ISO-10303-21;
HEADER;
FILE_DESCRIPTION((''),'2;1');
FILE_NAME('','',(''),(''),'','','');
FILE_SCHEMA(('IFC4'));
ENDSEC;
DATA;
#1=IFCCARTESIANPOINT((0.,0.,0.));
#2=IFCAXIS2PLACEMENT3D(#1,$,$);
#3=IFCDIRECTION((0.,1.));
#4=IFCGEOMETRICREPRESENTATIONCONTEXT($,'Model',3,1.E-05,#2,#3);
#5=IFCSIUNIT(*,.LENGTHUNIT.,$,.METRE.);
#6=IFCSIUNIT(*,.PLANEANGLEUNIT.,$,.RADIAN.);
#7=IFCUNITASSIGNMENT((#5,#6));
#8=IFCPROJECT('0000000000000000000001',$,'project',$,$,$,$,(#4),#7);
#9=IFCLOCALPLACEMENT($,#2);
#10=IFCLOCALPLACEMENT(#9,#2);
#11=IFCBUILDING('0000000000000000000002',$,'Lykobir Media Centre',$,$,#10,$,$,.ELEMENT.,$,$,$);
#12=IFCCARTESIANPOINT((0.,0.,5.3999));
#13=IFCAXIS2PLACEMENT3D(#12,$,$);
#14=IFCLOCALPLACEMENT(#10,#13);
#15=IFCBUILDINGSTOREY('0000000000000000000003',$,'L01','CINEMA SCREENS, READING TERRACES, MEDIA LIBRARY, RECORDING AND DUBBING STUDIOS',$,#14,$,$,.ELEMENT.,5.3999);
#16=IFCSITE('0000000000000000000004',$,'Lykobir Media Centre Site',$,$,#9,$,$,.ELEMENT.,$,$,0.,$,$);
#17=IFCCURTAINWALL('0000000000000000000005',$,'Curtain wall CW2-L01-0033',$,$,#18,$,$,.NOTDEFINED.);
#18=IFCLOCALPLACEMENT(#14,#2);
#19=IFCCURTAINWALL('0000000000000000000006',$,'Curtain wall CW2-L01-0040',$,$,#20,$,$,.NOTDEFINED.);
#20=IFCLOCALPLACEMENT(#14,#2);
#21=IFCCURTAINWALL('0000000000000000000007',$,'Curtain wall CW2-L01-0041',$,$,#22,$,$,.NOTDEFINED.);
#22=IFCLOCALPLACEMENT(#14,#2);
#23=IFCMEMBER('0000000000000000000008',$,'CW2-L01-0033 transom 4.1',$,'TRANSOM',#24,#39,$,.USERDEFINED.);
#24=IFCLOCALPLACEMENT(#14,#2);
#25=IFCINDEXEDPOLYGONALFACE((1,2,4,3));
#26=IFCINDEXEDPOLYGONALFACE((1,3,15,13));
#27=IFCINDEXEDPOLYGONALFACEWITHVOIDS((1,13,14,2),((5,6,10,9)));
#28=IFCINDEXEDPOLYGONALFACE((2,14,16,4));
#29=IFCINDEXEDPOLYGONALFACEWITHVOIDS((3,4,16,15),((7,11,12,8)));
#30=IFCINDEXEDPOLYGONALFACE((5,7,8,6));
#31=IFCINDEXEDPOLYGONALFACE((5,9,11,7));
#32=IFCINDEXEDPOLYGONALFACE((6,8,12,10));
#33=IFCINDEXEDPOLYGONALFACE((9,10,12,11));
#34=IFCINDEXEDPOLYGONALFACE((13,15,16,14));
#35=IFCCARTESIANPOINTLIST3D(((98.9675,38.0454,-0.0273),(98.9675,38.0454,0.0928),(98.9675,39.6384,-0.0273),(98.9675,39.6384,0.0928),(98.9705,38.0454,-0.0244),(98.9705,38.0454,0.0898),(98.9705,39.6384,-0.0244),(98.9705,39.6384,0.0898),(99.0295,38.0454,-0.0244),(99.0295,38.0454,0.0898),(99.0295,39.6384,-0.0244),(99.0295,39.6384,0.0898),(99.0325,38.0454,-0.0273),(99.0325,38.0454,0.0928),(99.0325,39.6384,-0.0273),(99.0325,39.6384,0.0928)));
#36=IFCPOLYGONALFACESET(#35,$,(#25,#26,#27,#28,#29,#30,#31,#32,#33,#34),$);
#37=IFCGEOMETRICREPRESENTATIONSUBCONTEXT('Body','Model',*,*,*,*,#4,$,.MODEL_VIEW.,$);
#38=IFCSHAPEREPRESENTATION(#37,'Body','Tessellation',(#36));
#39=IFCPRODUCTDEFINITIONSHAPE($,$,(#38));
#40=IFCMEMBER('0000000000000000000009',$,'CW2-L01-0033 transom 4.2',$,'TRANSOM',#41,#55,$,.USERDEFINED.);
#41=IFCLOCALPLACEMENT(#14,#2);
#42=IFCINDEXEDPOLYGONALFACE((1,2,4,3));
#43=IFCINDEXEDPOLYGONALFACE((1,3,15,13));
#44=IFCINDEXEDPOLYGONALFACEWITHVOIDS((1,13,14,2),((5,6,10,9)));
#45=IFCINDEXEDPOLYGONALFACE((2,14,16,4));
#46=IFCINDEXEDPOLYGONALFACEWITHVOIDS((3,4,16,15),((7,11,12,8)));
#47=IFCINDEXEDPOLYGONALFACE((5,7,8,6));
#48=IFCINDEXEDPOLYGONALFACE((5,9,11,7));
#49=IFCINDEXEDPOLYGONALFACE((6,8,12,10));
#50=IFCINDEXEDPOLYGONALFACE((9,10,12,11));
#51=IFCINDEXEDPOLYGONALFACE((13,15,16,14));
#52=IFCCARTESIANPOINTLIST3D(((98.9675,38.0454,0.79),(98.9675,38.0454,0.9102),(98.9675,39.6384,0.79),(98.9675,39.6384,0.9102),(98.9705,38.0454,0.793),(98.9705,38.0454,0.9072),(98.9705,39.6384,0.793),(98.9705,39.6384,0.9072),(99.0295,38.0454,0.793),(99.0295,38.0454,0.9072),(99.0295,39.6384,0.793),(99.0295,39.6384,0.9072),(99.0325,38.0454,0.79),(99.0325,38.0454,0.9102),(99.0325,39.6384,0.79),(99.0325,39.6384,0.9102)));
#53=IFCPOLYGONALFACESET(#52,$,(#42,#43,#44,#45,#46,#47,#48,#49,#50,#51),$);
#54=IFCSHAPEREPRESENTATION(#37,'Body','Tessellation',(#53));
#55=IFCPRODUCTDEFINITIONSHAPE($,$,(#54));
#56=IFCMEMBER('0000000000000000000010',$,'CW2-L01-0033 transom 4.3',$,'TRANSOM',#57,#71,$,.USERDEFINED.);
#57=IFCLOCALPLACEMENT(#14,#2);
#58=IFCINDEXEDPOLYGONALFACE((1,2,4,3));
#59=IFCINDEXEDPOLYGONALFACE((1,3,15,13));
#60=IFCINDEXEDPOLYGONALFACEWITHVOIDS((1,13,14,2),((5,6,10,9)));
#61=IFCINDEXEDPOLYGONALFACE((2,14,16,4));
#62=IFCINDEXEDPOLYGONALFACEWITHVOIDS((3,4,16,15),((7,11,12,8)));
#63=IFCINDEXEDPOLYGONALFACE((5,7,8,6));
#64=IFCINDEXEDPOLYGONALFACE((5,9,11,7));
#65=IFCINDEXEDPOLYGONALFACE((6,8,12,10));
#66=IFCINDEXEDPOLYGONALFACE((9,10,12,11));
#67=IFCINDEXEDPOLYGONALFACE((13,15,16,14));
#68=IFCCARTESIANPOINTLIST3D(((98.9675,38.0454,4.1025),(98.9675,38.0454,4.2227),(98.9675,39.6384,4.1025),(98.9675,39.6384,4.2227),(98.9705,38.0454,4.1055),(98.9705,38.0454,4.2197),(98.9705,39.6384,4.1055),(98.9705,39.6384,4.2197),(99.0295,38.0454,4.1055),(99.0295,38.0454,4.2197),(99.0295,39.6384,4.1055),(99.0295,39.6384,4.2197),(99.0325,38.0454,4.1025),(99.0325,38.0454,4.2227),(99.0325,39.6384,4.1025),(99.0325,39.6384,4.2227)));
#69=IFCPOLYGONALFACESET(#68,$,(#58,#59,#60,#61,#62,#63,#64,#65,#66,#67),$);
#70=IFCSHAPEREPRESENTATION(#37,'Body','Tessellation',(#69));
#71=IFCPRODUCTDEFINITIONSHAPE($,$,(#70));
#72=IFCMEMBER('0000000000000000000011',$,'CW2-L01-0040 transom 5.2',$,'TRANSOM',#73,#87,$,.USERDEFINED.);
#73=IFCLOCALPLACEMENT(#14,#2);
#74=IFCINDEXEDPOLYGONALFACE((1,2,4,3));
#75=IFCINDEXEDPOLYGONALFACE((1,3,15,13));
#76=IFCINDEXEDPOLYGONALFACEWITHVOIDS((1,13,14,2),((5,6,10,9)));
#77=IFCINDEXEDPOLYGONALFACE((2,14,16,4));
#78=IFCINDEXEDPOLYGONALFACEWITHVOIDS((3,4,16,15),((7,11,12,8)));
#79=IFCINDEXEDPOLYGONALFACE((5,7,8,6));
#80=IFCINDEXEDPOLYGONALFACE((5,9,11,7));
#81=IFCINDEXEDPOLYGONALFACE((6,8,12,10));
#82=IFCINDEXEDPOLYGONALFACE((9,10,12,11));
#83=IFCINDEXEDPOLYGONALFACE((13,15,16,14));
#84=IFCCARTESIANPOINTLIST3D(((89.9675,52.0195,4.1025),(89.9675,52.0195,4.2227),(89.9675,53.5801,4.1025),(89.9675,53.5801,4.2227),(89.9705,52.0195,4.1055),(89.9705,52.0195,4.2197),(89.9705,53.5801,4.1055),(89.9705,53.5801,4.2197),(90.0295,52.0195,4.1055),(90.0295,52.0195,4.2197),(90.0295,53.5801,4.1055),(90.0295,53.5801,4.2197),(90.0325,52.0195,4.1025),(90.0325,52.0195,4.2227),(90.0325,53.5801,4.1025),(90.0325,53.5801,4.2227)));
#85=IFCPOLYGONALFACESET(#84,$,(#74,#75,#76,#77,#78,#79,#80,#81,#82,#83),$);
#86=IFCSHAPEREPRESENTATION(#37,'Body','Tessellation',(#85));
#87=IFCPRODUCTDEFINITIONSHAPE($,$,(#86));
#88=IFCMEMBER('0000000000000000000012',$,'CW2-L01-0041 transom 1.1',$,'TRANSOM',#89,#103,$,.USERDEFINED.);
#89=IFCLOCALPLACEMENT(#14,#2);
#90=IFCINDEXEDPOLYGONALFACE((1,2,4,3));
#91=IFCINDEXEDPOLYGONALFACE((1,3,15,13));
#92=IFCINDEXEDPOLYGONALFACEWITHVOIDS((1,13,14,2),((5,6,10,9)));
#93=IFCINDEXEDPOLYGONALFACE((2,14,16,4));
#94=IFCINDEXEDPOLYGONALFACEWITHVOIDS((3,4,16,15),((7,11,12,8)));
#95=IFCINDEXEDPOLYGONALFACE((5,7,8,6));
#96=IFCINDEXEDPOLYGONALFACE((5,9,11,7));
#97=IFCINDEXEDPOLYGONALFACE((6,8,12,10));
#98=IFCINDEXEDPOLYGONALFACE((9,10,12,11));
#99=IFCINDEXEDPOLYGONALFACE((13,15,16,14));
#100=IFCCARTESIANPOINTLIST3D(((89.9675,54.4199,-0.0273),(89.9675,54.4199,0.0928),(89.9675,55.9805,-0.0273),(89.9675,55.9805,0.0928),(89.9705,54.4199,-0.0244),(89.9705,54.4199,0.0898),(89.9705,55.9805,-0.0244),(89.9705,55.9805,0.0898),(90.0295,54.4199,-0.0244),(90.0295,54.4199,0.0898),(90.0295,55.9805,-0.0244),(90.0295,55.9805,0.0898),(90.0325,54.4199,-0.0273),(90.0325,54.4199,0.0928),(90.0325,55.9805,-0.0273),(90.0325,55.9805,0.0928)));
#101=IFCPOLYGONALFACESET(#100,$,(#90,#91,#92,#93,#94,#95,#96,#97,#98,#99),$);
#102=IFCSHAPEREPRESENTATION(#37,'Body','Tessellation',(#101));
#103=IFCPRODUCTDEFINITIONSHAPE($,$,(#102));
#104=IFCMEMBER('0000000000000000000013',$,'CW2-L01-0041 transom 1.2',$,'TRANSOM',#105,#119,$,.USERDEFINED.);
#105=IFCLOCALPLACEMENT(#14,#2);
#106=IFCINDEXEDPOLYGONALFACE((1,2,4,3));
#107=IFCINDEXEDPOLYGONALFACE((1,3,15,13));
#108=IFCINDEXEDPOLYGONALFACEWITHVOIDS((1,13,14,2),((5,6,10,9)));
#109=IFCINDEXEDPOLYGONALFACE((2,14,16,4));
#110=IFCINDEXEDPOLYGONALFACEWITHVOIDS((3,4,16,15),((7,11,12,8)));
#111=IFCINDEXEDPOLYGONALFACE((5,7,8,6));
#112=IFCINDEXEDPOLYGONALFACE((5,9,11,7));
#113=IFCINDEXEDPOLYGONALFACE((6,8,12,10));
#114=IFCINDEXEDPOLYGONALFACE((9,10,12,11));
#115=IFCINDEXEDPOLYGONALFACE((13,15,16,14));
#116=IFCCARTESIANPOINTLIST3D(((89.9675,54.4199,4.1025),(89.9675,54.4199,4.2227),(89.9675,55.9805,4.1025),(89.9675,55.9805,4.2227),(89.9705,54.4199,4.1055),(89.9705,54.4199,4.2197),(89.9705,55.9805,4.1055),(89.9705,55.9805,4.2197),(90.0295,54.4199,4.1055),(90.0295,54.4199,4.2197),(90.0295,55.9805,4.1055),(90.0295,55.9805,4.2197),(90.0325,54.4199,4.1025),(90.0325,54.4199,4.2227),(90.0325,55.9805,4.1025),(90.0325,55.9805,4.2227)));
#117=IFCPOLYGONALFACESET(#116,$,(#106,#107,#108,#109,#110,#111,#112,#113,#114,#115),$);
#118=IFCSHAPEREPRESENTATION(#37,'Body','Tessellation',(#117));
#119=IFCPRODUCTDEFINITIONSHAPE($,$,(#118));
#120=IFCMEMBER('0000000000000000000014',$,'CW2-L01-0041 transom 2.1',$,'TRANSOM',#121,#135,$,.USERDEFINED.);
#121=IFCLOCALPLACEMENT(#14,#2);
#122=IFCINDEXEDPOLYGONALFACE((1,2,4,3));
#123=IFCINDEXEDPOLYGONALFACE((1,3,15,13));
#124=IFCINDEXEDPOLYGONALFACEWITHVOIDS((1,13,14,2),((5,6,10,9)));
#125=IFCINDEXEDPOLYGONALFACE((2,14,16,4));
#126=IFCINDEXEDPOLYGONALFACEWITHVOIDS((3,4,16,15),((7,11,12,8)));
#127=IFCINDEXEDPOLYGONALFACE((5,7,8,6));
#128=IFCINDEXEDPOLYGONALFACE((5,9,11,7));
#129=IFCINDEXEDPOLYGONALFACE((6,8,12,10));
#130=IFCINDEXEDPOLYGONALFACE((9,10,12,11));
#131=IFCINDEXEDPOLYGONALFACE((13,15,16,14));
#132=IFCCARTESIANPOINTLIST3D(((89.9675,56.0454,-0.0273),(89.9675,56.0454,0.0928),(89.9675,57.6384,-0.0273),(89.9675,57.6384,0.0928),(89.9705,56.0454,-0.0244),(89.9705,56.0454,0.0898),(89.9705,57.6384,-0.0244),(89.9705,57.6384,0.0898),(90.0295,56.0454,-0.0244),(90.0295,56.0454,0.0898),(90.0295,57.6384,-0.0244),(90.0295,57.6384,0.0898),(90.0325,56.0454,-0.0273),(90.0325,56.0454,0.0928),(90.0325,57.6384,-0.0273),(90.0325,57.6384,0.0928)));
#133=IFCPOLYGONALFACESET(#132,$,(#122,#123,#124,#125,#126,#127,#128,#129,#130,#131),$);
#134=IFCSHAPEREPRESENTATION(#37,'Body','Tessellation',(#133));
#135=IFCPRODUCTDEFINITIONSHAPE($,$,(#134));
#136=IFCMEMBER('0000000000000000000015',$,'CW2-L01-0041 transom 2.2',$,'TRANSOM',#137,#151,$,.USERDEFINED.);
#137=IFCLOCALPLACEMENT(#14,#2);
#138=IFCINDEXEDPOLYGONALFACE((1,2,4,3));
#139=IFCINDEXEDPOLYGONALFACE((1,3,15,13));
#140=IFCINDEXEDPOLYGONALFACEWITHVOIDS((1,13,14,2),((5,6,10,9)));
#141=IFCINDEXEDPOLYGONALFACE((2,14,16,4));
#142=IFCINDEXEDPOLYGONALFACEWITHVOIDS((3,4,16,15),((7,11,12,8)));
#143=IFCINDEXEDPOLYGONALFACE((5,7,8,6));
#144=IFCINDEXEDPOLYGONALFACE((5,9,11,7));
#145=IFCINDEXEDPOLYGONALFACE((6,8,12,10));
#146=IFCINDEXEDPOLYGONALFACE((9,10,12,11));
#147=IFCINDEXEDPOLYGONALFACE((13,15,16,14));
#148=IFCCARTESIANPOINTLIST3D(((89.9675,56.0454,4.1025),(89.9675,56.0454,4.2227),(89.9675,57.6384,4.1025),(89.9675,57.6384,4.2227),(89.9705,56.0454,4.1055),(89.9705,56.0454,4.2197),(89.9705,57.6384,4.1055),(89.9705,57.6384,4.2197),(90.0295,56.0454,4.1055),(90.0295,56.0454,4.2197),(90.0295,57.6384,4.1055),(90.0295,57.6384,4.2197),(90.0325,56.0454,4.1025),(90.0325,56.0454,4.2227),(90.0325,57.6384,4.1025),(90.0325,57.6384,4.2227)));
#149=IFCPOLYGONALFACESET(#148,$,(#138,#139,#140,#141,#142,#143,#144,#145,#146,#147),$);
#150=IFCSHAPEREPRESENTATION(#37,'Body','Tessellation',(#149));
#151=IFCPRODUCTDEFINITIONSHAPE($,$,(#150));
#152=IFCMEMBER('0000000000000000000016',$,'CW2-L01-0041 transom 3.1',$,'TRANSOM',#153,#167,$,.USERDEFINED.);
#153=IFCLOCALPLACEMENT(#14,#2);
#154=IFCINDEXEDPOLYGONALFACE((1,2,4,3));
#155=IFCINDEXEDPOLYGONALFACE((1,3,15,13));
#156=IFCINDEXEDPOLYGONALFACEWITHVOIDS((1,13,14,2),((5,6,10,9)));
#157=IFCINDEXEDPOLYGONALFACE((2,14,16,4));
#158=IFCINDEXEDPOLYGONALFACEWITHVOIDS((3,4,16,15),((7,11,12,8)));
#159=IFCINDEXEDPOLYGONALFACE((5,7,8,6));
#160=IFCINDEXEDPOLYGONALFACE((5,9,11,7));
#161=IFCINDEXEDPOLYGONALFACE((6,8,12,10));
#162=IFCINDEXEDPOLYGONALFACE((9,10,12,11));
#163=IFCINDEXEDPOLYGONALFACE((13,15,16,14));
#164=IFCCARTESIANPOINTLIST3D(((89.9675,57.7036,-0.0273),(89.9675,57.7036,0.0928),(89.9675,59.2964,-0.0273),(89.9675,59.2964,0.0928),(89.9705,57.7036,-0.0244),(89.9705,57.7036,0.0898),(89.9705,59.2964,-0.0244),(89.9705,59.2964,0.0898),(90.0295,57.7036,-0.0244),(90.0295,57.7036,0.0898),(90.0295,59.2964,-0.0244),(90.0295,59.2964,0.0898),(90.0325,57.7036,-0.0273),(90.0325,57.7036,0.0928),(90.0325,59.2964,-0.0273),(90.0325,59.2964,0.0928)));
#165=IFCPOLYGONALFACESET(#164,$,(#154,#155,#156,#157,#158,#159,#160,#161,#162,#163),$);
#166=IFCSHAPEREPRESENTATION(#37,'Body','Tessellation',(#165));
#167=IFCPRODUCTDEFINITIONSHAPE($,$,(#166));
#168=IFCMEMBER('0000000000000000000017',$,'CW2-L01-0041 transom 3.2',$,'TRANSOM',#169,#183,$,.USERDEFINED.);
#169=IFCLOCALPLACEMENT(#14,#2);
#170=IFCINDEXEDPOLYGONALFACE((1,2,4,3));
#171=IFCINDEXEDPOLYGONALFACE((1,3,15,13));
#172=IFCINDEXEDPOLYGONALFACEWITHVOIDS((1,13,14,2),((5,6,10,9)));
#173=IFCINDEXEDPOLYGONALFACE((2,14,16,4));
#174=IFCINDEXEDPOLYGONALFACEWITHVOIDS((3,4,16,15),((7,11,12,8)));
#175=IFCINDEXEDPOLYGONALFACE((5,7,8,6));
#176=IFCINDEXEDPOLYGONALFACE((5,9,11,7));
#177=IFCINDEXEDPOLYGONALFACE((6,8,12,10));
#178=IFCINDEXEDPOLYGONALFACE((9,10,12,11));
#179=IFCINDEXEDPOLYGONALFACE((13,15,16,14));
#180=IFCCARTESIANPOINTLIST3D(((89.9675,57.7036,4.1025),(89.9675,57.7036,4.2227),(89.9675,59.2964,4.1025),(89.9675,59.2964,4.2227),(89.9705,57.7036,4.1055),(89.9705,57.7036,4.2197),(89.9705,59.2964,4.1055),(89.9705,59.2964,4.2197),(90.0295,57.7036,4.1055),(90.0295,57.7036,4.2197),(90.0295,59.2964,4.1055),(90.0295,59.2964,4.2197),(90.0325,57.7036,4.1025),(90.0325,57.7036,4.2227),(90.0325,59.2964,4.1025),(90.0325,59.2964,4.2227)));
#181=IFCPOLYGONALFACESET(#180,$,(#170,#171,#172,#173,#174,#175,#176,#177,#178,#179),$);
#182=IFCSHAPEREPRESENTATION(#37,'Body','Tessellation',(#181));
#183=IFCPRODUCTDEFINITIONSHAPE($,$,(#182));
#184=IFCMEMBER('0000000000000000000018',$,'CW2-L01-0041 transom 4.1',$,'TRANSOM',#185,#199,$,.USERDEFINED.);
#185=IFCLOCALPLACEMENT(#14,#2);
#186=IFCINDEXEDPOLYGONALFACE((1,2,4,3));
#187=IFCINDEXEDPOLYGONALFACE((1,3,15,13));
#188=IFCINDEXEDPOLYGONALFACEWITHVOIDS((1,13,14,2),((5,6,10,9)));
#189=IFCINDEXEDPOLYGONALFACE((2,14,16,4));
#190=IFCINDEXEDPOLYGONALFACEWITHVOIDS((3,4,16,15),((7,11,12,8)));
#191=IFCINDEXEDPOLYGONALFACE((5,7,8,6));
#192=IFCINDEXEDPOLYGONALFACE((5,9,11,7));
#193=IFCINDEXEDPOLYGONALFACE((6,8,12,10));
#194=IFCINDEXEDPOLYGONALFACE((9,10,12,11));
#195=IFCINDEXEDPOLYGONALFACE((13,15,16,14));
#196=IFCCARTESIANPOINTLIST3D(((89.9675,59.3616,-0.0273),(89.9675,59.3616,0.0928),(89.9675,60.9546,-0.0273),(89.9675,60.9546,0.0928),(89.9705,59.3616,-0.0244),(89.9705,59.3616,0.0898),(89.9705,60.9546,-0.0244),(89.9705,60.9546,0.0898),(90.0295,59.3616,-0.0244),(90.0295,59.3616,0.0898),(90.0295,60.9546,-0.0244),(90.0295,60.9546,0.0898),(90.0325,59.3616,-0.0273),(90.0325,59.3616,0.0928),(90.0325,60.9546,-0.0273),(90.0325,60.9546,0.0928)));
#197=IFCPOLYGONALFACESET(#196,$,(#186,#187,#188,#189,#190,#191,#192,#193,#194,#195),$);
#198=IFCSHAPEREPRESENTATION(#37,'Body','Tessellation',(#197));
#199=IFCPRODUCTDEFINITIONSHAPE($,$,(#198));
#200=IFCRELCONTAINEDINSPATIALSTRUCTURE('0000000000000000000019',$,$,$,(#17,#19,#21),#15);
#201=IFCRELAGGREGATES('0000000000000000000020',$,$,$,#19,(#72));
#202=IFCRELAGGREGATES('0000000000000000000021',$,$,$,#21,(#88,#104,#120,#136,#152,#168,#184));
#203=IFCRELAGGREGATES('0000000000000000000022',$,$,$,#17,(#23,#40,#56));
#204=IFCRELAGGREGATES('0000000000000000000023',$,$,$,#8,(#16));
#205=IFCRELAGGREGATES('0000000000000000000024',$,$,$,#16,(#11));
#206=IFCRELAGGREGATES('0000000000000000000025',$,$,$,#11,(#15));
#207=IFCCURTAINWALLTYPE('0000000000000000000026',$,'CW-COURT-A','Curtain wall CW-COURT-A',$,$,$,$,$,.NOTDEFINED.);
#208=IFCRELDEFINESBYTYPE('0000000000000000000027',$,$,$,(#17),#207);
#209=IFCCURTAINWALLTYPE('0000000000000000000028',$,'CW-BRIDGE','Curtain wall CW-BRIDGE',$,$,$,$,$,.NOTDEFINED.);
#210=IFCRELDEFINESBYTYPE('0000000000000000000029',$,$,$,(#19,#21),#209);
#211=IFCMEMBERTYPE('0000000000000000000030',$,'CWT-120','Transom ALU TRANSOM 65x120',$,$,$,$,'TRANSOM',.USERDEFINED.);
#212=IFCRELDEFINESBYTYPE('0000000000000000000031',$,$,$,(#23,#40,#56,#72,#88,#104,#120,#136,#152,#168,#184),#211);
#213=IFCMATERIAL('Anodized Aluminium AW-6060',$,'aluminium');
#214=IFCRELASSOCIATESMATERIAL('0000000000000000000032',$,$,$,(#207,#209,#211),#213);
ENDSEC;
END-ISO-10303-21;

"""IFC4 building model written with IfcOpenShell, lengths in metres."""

from ifc_helpers import new_model, si_unit, direction, frame, origin, origin_2d, place, context, subcontext, project, spatial, hollow_rectangle, extrude, material, material_profile, profile_set, type_object, element, aggregate, save


model = new_model("IFC4")

# Units and contexts
model_context = context("Model", 3, precision=1e-05, world=origin(), true_north=direction((0.0, 1.0)))
body_context = subcontext(model_context, "Body", "Model", "MODEL_VIEW")
ifc_project = project(units=[si_unit("LENGTHUNIT", "METRE"), si_unit("PLANEANGLEUNIT", "RADIAN")], contexts=[model_context])

# Site, building, storey
site_placement = place(None, origin())
site = spatial("IfcSite", under=ifc_project, at=site_placement, Name="Lykobir Media Centre Site", CompositionType="ELEMENT", RefElevation=0.0)
building_placement = place(site_placement, origin())
building = spatial("IfcBuilding", under=site, at=building_placement, Name="Lykobir Media Centre", CompositionType="ELEMENT")
storey_placement = place(building_placement, frame((0.0, 0.0, 5.3999)))
storey = spatial("IfcBuildingStorey", under=building, at=storey_placement, Name="L01", Description="CINEMA SCREENS, READING TERRACES, MEDIA LIBRARY, RECORDING AND DUBBING STUDIOS", CompositionType="ELEMENT", Elevation=5.3999)

# Curtain walls
ifc_material_1 = material(Name="Anodized Aluminium AW-6060", Category="aluminium")
curtain_wall_type_1 = type_object("IfcCurtainWallType", Name="CW-COURT-A", Description="Curtain wall CW-COURT-A", PredefinedType="NOTDEFINED", material=ifc_material_1)
curtain_wall_1_placement = place(storey_placement, origin())
curtain_wall_1 = element("IfcCurtainWall", 1, at=curtain_wall_1_placement, inside=storey, type_object=curtain_wall_type_1, Name="Curtain wall CW2-L01-0033", PredefinedType="NOTDEFINED")
curtain_wall_type_2 = type_object("IfcCurtainWallType", Name="CW-BRIDGE", Description="Curtain wall CW-BRIDGE", PredefinedType="NOTDEFINED", material=ifc_material_1)
curtain_wall_2_placement = place(storey_placement, origin())
curtain_wall_2 = element("IfcCurtainWall", 2, at=curtain_wall_2_placement, inside=storey, type_object=curtain_wall_type_2, Name="Curtain wall CW2-L01-0040", PredefinedType="NOTDEFINED")

# Curtain wall
curtain_wall_3_placement = place(storey_placement, origin())
curtain_wall_3 = element("IfcCurtainWall", 3, at=curtain_wall_3_placement, inside=storey, type_object=curtain_wall_type_2, Name="Curtain wall CW2-L01-0041", PredefinedType="NOTDEFINED")

# Members
ifc_material_profile_1 = material_profile(ifc_material_1, hollow_rectangle(XDim=0.0649, YDim=0.1201, WallThickness=0.0029, at=origin_2d()), Name="ALU TRANSOM 65x120")
ifc_profile_set_1 = profile_set([ifc_material_profile_1], Name="Anodized Aluminium AW-6060")
member_type_1 = type_object("IfcMemberType", Name="CWT-120", Description="Transom ALU TRANSOM 65x120", ElementType="TRANSOM", PredefinedType="USERDEFINED", material=ifc_profile_set_1)
member_1_placement = place(storey_placement, frame((99.0, 39.6384, 0.0327), z_axis=(0.0, -1.0, 0.0), x_axis=(1.0, 0.0, 0.0)))
member_1 = element("IfcMember", 4, at=member_1_placement, type_object=member_type_1, Name="CW2-L01-0033 transom 4.1", ObjectType="TRANSOM", PredefinedType="USERDEFINED", context=body_context, shape_type="SweptSolid", body=[
    extrude(hollow_rectangle(XDim=0.0649, YDim=0.1201, WallThickness=0.0029, at=origin_2d()), origin(), (0.0, 0.0, 1.0), 1.593),
])
member_2_placement = place(storey_placement, frame((99.0, 39.6384, 0.8501), z_axis=(0.0, -1.0, 0.0), x_axis=(1.0, 0.0, 0.0)))
member_2 = element("IfcMember", 5, at=member_2_placement, type_object=member_type_1, Name="CW2-L01-0033 transom 4.2", ObjectType="TRANSOM", PredefinedType="USERDEFINED", context=body_context, shape_type="SweptSolid", body=[
    extrude(hollow_rectangle(XDim=0.0649, YDim=0.1201, WallThickness=0.0029, at=origin_2d()), origin(), (0.0, 0.0, 1.0), 1.593),
])
member_3_placement = place(storey_placement, frame((99.0, 39.6384, 4.1626), z_axis=(0.0, -1.0, 0.0), x_axis=(1.0, 0.0, 0.0)))
member_3 = element("IfcMember", 6, at=member_3_placement, type_object=member_type_1, Name="CW2-L01-0033 transom 4.3", ObjectType="TRANSOM", PredefinedType="USERDEFINED", context=body_context, shape_type="SweptSolid", body=[
    extrude(hollow_rectangle(XDim=0.0649, YDim=0.1201, WallThickness=0.0029, at=origin_2d()), origin(), (0.0, 0.0, 1.0), 1.593),
])
member_4_placement = place(storey_placement, frame((90.0, 52.0195, 4.1626), z_axis=(0.0, 1.0, 0.0), x_axis=(-1.0, 0.0, 0.0)))
member_4 = element("IfcMember", 7, at=member_4_placement, type_object=member_type_1, Name="CW2-L01-0040 transom 5.2", ObjectType="TRANSOM", PredefinedType="USERDEFINED", context=body_context, shape_type="SweptSolid", body=[
    extrude(hollow_rectangle(XDim=0.0649, YDim=0.1201, WallThickness=0.0029, at=origin_2d()), origin(), (0.0, 0.0, 1.0), 1.5605),
])
member_5_placement = place(storey_placement, frame((90.0, 54.4199, 0.0327), z_axis=(0.0, 1.0, 0.0), x_axis=(-1.0, 0.0, 0.0)))
member_5 = element("IfcMember", 8, at=member_5_placement, type_object=member_type_1, Name="CW2-L01-0041 transom 1.1", ObjectType="TRANSOM", PredefinedType="USERDEFINED", context=body_context, shape_type="SweptSolid", body=[
    extrude(hollow_rectangle(XDim=0.0649, YDim=0.1201, WallThickness=0.0029, at=origin_2d()), origin(), (0.0, 0.0, 1.0), 1.5605),
])
member_6_placement = place(storey_placement, frame((90.0, 54.4199, 4.1626), z_axis=(0.0, 1.0, 0.0), x_axis=(-1.0, 0.0, 0.0)))
member_6 = element("IfcMember", 9, at=member_6_placement, type_object=member_type_1, Name="CW2-L01-0041 transom 1.2", ObjectType="TRANSOM", PredefinedType="USERDEFINED", context=body_context, shape_type="SweptSolid", body=[
    extrude(hollow_rectangle(XDim=0.0649, YDim=0.1201, WallThickness=0.0029, at=origin_2d()), origin(), (0.0, 0.0, 1.0), 1.5605),
])
member_7_placement = place(storey_placement, frame((90.0, 56.0454, 0.0327), z_axis=(0.0, 1.0, 0.0), x_axis=(-1.0, 0.0, 0.0)))
member_7 = element("IfcMember", 10, at=member_7_placement, type_object=member_type_1, Name="CW2-L01-0041 transom 2.1", ObjectType="TRANSOM", PredefinedType="USERDEFINED", context=body_context, shape_type="SweptSolid", body=[
    extrude(hollow_rectangle(XDim=0.0649, YDim=0.1201, WallThickness=0.0029, at=origin_2d()), origin(), (0.0, 0.0, 1.0), 1.593),
])
member_8_placement = place(storey_placement, frame((90.0, 56.0454, 4.1626), z_axis=(0.0, 1.0, 0.0), x_axis=(-1.0, 0.0, 0.0)))
member_8 = element("IfcMember", 11, at=member_8_placement, type_object=member_type_1, Name="CW2-L01-0041 transom 2.2", ObjectType="TRANSOM", PredefinedType="USERDEFINED", context=body_context, shape_type="SweptSolid", body=[
    extrude(hollow_rectangle(XDim=0.0649, YDim=0.1201, WallThickness=0.0029, at=origin_2d()), origin(), (0.0, 0.0, 1.0), 1.593),
])
member_9_placement = place(storey_placement, frame((90.0, 57.7036, 0.0327), z_axis=(0.0, 1.0, 0.0), x_axis=(-1.0, 0.0, 0.0)))
member_9 = element("IfcMember", 12, at=member_9_placement, type_object=member_type_1, Name="CW2-L01-0041 transom 3.1", ObjectType="TRANSOM", PredefinedType="USERDEFINED", context=body_context, shape_type="SweptSolid", body=[
    extrude(hollow_rectangle(XDim=0.0649, YDim=0.1201, WallThickness=0.0029, at=origin_2d()), origin(), (0.0, 0.0, 1.0), 1.5928),
])
member_10_placement = place(storey_placement, frame((90.0, 57.7036, 4.1626), z_axis=(0.0, 1.0, 0.0), x_axis=(-1.0, 0.0, 0.0)))
member_10 = element("IfcMember", 13, at=member_10_placement, type_object=member_type_1, Name="CW2-L01-0041 transom 3.2", ObjectType="TRANSOM", PredefinedType="USERDEFINED", context=body_context, shape_type="SweptSolid", body=[
    extrude(hollow_rectangle(XDim=0.0649, YDim=0.1201, WallThickness=0.0029, at=origin_2d()), origin(), (0.0, 0.0, 1.0), 1.5928),
])
member_11_placement = place(storey_placement, frame((90.0, 59.3616, 0.0327), z_axis=(0.0, 1.0, 0.0), x_axis=(-1.0, 0.0, 0.0)))
member_11 = element("IfcMember", 14, at=member_11_placement, type_object=member_type_1, Name="CW2-L01-0041 transom 4.1", ObjectType="TRANSOM", PredefinedType="USERDEFINED", context=body_context, shape_type="SweptSolid", body=[
    extrude(hollow_rectangle(XDim=0.0649, YDim=0.1201, WallThickness=0.0029, at=origin_2d()), origin(), (0.0, 0.0, 1.0), 1.593),
])

aggregate(curtain_wall_2, [member_4])
aggregate(curtain_wall_3, [member_5, member_6, member_7, member_8, member_9, member_10, member_11])
aggregate(curtain_wall_1, [member_1, member_2, member_3])

save(model, "model.ifc")
